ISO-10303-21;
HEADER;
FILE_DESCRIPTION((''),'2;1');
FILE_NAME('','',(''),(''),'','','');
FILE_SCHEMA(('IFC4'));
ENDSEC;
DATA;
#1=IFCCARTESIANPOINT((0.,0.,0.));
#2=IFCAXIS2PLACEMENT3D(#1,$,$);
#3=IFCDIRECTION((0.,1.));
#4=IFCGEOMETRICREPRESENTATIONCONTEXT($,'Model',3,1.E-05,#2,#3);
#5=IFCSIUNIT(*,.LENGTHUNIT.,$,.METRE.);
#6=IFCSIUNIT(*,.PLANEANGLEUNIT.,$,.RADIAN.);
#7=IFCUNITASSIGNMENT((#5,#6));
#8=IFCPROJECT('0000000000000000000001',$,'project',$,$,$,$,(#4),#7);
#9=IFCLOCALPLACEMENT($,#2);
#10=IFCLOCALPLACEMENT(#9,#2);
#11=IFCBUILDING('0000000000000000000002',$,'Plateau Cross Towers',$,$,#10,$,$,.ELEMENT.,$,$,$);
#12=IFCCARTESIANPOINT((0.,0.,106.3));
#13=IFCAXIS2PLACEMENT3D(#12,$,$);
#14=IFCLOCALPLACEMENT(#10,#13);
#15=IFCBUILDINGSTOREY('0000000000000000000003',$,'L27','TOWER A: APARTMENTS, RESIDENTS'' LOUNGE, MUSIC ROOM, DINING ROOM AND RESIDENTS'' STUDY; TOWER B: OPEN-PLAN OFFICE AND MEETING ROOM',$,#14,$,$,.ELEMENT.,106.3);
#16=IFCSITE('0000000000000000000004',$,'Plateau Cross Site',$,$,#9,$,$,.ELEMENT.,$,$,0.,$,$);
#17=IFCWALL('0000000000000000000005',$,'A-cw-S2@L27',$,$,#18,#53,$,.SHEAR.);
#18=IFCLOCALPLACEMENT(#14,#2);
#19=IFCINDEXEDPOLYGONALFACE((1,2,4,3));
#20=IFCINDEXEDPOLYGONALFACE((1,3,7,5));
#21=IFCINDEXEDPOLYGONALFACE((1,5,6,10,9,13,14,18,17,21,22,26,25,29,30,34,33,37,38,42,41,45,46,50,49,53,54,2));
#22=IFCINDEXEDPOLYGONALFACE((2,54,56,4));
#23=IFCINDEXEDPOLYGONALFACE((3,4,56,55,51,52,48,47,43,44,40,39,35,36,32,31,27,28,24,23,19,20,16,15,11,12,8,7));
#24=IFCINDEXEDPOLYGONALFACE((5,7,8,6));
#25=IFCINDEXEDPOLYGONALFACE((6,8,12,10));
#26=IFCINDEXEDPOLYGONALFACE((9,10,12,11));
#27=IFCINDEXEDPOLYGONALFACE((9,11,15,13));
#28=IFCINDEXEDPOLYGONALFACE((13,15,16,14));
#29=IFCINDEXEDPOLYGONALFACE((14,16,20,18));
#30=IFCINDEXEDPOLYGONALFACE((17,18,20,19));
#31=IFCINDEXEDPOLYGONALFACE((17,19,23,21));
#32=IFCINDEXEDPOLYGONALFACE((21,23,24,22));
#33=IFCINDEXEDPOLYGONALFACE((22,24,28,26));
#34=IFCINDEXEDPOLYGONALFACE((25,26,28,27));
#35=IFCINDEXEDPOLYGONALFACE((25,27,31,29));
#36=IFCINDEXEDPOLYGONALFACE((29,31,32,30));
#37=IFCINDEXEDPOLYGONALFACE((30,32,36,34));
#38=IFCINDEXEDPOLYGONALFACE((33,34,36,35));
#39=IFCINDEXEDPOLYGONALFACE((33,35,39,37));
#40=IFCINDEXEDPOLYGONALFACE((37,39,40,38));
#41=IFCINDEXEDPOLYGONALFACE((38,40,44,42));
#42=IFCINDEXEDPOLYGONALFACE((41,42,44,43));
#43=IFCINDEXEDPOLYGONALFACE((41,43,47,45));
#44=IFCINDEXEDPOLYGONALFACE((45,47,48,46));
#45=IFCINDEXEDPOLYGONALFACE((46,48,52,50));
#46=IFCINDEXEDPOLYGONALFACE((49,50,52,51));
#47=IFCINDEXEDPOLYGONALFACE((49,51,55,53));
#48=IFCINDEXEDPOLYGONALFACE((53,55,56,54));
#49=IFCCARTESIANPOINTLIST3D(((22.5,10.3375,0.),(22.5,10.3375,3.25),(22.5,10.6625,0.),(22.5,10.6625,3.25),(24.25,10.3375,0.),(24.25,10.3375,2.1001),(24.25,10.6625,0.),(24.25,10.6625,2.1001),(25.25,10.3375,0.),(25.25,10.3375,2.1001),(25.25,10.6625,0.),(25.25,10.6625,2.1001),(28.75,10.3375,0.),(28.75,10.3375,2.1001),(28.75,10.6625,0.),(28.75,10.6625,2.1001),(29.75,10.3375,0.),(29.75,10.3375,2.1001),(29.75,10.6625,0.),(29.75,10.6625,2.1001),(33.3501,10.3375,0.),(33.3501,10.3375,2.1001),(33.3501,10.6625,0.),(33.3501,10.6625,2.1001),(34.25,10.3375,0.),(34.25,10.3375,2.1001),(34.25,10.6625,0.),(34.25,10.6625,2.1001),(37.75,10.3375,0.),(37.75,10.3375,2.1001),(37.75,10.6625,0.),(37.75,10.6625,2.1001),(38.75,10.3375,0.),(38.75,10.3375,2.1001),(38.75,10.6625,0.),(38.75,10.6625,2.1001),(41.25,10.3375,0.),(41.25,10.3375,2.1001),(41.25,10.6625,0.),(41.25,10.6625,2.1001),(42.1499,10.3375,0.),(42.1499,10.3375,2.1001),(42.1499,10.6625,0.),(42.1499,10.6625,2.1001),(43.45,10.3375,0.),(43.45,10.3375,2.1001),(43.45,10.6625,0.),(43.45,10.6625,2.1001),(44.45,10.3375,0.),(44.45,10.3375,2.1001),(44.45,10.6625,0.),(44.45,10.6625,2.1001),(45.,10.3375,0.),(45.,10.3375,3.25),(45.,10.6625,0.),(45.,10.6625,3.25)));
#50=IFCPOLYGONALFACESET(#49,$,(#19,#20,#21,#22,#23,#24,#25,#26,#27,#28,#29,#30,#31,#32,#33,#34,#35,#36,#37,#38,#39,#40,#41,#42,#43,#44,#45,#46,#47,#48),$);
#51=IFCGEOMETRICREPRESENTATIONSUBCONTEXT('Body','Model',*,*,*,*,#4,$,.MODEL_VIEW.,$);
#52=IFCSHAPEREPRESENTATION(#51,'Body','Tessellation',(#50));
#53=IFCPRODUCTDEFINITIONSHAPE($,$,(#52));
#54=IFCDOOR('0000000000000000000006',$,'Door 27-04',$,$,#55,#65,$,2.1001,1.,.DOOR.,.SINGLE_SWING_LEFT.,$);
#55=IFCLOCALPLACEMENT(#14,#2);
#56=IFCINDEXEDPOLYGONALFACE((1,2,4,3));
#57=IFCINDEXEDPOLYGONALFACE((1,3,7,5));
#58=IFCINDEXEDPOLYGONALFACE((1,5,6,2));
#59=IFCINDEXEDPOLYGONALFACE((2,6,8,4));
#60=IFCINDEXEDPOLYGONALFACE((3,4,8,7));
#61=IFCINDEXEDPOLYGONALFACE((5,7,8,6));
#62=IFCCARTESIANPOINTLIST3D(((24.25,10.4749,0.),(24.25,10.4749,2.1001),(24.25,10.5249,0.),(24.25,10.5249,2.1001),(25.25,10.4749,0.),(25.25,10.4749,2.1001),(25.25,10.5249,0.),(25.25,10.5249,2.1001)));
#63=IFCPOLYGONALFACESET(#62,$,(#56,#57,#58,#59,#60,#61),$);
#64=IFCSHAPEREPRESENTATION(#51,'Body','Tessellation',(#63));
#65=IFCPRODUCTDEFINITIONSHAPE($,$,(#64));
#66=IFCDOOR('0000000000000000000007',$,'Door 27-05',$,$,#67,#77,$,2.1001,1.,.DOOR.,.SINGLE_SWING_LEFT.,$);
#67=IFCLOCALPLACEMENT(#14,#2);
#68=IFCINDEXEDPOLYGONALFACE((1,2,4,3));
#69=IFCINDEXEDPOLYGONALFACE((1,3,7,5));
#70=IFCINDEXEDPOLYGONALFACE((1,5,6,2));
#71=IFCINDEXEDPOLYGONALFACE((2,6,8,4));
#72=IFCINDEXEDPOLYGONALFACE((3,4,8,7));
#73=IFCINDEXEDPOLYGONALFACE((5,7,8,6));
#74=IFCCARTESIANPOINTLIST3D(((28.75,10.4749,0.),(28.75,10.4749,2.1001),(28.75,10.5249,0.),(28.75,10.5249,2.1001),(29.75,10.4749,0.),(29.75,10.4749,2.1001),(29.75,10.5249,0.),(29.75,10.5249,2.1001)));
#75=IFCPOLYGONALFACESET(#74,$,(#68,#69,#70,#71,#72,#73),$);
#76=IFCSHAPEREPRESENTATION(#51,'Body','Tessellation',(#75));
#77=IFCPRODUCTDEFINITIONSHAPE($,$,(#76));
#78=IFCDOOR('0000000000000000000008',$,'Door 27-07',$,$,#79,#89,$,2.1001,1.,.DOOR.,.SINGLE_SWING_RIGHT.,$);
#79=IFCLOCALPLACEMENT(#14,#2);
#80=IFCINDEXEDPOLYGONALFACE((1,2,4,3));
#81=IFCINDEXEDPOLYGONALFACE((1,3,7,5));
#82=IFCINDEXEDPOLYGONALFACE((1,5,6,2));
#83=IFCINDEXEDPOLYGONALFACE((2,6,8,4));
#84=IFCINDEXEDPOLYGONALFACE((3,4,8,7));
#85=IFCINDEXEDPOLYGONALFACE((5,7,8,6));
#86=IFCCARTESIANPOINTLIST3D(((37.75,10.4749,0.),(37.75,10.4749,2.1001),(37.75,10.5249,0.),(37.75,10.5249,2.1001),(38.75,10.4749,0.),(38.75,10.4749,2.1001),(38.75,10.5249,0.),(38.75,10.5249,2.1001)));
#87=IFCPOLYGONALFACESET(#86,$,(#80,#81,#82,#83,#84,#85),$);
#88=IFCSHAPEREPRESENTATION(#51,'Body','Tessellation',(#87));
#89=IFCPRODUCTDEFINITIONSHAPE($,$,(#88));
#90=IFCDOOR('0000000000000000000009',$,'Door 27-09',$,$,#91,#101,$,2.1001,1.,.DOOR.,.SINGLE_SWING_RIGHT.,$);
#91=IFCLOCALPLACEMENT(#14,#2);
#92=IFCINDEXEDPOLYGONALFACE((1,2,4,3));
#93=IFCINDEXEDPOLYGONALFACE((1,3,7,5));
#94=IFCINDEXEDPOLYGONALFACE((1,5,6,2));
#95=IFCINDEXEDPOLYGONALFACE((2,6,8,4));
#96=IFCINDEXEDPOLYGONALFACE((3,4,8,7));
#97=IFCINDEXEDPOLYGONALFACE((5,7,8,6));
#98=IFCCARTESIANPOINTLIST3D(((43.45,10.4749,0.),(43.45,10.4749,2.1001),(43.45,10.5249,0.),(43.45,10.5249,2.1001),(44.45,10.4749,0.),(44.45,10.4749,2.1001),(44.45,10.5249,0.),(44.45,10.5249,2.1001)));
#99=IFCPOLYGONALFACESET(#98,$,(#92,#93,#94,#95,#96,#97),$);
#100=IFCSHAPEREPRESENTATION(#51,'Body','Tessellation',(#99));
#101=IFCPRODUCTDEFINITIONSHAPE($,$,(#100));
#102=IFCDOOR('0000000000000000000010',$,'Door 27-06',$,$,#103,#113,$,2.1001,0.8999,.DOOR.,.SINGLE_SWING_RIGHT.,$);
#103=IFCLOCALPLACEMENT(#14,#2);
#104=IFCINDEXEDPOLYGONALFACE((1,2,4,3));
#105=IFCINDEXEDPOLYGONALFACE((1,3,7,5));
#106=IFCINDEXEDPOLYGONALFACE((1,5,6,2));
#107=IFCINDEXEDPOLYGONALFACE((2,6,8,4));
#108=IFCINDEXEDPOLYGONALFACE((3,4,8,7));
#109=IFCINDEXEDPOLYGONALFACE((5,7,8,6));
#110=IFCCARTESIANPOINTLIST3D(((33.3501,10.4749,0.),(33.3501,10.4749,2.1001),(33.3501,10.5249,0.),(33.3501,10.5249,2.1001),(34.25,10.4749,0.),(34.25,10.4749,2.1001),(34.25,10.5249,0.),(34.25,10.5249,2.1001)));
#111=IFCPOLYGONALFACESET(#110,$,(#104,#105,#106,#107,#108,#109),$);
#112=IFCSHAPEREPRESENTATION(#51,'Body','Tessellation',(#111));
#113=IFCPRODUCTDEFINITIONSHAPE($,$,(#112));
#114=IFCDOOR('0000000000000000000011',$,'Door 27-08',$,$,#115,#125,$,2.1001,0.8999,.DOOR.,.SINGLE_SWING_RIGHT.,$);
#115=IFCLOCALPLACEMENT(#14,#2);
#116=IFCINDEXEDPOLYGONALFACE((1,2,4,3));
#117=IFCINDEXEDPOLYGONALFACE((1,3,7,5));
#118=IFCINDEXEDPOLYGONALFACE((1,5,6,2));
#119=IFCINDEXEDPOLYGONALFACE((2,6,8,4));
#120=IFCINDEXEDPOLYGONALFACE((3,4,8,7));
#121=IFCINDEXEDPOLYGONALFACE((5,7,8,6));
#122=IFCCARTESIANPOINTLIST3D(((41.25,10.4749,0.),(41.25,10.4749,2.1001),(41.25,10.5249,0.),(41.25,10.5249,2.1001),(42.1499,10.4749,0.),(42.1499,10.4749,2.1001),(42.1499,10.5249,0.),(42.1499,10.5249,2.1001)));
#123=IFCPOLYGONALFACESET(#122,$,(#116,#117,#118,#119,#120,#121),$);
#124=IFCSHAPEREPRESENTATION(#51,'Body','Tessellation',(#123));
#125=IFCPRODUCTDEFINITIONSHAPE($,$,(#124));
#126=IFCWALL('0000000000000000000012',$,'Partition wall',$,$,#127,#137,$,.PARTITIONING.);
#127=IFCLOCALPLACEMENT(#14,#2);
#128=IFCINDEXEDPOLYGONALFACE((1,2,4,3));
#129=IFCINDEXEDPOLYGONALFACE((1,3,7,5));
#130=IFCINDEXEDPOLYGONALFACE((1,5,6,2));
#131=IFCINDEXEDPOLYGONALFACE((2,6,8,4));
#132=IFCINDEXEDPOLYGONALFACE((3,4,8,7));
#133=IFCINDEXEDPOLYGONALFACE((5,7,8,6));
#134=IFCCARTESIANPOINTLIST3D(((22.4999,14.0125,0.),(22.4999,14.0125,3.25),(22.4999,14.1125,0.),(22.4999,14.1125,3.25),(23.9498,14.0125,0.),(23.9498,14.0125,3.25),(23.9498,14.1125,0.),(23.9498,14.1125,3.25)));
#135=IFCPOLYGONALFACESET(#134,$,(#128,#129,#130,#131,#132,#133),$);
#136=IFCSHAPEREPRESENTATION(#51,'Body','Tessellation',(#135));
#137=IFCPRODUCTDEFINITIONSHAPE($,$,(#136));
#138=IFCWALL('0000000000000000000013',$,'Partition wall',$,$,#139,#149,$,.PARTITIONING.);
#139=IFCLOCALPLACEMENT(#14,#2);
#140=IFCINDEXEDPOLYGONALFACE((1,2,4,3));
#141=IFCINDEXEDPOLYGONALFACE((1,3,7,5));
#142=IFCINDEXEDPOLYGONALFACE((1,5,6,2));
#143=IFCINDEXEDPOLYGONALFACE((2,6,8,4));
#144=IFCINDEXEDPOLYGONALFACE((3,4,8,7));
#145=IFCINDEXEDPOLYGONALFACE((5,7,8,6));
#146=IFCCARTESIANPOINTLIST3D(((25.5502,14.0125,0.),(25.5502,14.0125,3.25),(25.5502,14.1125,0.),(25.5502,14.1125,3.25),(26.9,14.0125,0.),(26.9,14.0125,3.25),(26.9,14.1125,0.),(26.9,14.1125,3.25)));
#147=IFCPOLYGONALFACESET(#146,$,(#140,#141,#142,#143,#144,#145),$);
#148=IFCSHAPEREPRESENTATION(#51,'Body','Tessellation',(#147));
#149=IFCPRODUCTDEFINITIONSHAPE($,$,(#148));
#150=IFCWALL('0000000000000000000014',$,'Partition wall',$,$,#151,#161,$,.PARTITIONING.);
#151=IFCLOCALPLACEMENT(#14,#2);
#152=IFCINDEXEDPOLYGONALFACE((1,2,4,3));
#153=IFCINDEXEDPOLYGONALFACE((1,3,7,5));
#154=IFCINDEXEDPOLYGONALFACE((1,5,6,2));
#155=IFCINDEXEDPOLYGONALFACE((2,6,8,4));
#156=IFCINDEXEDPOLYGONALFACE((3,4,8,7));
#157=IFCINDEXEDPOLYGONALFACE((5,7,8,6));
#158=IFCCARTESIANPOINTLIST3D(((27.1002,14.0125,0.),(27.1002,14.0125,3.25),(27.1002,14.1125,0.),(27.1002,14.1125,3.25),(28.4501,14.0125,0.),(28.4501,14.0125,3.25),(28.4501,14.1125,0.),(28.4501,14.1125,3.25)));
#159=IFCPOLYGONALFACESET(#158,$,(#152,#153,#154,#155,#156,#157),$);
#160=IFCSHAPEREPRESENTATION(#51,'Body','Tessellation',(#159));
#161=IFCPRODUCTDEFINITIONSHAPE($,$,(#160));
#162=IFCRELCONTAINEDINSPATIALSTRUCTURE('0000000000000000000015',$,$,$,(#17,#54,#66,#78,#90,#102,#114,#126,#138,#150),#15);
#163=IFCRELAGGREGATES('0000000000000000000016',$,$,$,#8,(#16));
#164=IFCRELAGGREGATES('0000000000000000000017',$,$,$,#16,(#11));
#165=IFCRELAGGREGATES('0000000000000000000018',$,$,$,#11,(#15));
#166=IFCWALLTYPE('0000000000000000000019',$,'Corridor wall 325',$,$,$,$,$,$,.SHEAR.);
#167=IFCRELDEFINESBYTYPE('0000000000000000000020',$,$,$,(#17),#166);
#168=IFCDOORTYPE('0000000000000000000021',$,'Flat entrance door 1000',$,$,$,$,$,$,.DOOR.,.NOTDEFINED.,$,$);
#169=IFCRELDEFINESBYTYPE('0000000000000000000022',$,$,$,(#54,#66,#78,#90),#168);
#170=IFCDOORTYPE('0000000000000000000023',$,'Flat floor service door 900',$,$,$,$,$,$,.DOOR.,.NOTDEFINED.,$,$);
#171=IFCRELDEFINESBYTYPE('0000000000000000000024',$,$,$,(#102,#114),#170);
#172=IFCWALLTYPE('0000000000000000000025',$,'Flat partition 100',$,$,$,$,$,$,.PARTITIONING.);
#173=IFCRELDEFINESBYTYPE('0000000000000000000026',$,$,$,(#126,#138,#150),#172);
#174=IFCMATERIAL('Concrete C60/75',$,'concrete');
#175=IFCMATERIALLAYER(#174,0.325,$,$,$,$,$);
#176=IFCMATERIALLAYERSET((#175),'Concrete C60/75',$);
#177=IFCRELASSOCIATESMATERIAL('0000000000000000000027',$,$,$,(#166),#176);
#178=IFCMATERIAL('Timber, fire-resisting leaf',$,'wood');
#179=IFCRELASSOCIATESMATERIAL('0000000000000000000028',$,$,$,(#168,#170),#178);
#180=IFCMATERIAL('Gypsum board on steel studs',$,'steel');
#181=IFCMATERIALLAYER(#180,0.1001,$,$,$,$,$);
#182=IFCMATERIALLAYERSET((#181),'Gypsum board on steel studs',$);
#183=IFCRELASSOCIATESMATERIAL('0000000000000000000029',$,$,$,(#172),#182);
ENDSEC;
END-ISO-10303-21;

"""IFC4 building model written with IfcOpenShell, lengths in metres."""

from ifc_helpers import new_model, si_unit, direction, frame, frame_2d, origin, place, context, subcontext, project, spatial, rectangle, extrude, material, layer, layer_set, type_object, element, fill, save


model = new_model("IFC4")

# Units and contexts
model_context = context("Model", 3, precision=1e-05, world=origin(), true_north=direction((0.0, 1.0)))
body_context = subcontext(model_context, "Body", "Model", "MODEL_VIEW")
ifc_project = project(units=[si_unit("LENGTHUNIT", "METRE"), si_unit("PLANEANGLEUNIT", "RADIAN")], contexts=[model_context])

# Site, building, storey
site_placement = place(None, origin())
site = spatial("IfcSite", under=ifc_project, at=site_placement, Name="Plateau Cross Site", CompositionType="ELEMENT", RefElevation=0.0)
building_placement = place(site_placement, origin())
building = spatial("IfcBuilding", under=site, at=building_placement, Name="Plateau Cross Towers", CompositionType="ELEMENT")
storey_placement = place(building_placement, frame((0.0, 0.0, 106.3)))
storey = spatial("IfcBuildingStorey", under=building, at=storey_placement, Name="L27", Description="TOWER A: APARTMENTS, RESIDENTS' LOUNGE, MUSIC ROOM, DINING ROOM AND RESIDENTS' STUDY; TOWER B: OPEN-PLAN OFFICE AND MEETING ROOM", CompositionType="ELEMENT", Elevation=106.3)

# Wall, openings, doors
ifc_material_1 = material(Name="Concrete C60/75", Category="concrete")
ifc_layer_1 = layer(ifc_material_1, 0.325)
ifc_layer_set_1 = layer_set([ifc_layer_1], Name="Concrete C60/75")
wall_type_1 = type_object("IfcWallType", Name="Corridor wall 325", PredefinedType="SHEAR", material=ifc_layer_set_1)
wall_1_placement = place(storey_placement, frame((22.5, 10.5, 0.0), z_axis=(0.0, 0.0, 1.0), x_axis=(1.0, 0.0, 0.0)))
wall_1 = element("IfcWall", 1, at=wall_1_placement, inside=storey, type_object=wall_type_1, Name="A-cw-S2@L27", PredefinedType="SHEAR", context=body_context, shape_type="SweptSolid", body=[
    extrude(rectangle(XDim=22.5, YDim=0.325, at=frame_2d((11.25, 0.0))), origin(), (0.0, 0.0, 1.0), 3.25),
])
opening_1_placement = place(wall_1_placement, frame((1.75, 0.0, 0.0)))
opening_1 = element("IfcOpeningElement", 2, at=opening_1_placement, cuts=wall_1, PredefinedType="OPENING", context=body_context, shape_type="SweptSolid", body=[
    extrude(rectangle(XDim=1.0, YDim=2.1001, at=frame_2d((0.5, 1.05))), frame((0.0, 0.1724, 0.0), z_axis=(0.0, -1.0, 0.0), x_axis=(1.0, 0.0, 0.0)), (0.0, 0.0, 1.0), 0.345),
])
opening_2_placement = place(wall_1_placement, frame((6.25, 0.0, 0.0)))
opening_2 = element("IfcOpeningElement", 3, at=opening_2_placement, cuts=wall_1, PredefinedType="OPENING", context=body_context, shape_type="SweptSolid", body=[
    extrude(rectangle(XDim=1.0, YDim=2.1001, at=frame_2d((0.5, 1.05))), frame((0.0, 0.1724, 0.0), z_axis=(0.0, -1.0, 0.0), x_axis=(1.0, 0.0, 0.0)), (0.0, 0.0, 1.0), 0.345),
])
opening_3_placement = place(wall_1_placement, frame((10.8501, 0.0, 0.0)))
opening_3 = element("IfcOpeningElement", 4, at=opening_3_placement, cuts=wall_1, PredefinedType="OPENING", context=body_context, shape_type="SweptSolid", body=[
    extrude(rectangle(XDim=0.8999, YDim=2.1001, at=frame_2d((0.45, 1.05))), frame((0.0, 0.1724, 0.0), z_axis=(0.0, -1.0, 0.0), x_axis=(1.0, 0.0, 0.0)), (0.0, 0.0, 1.0), 0.345),
])
opening_4_placement = place(wall_1_placement, frame((15.25, 0.0, 0.0)))
opening_4 = element("IfcOpeningElement", 5, at=opening_4_placement, cuts=wall_1, PredefinedType="OPENING", context=body_context, shape_type="SweptSolid", body=[
    extrude(rectangle(XDim=1.0, YDim=2.1001, at=frame_2d((0.5, 1.05))), frame((0.0, 0.1724, 0.0), z_axis=(0.0, -1.0, 0.0), x_axis=(1.0, 0.0, 0.0)), (0.0, 0.0, 1.0), 0.345),
])
opening_5_placement = place(wall_1_placement, frame((18.75, 0.0, 0.0)))
opening_5 = element("IfcOpeningElement", 6, at=opening_5_placement, cuts=wall_1, PredefinedType="OPENING", context=body_context, shape_type="SweptSolid", body=[
    extrude(rectangle(XDim=0.8999, YDim=2.1001, at=frame_2d((0.45, 1.05))), frame((0.0, 0.1724, 0.0), z_axis=(0.0, -1.0, 0.0), x_axis=(1.0, 0.0, 0.0)), (0.0, 0.0, 1.0), 0.345),
])
opening_6_placement = place(wall_1_placement, frame((20.95, 0.0, 0.0)))
opening_6 = element("IfcOpeningElement", 7, at=opening_6_placement, cuts=wall_1, PredefinedType="OPENING", context=body_context, shape_type="SweptSolid", body=[
    extrude(rectangle(XDim=1.0, YDim=2.1001, at=frame_2d((0.5, 1.05))), frame((0.0, 0.1724, 0.0), z_axis=(0.0, -1.0, 0.0), x_axis=(1.0, 0.0, 0.0)), (0.0, 0.0, 1.0), 0.345),
])
ifc_material_2 = material(Name="Timber, fire-resisting leaf", Category="wood")
door_type_1 = type_object("IfcDoorType", Name="Flat entrance door 1000", OperationType="NOTDEFINED", PredefinedType="DOOR", material=ifc_material_2)
door_1_placement = place(opening_1_placement, origin())
door_1 = element("IfcDoor", 8, at=door_1_placement, inside=storey, type_object=door_type_1, Name="Door 27-04", OperationType="SINGLE_SWING_LEFT", OverallHeight=2.1001, OverallWidth=1.0, PredefinedType="DOOR", context=body_context, shape_type="SweptSolid", body=[
    extrude(rectangle(XDim=1.0, YDim=2.1001, at=frame_2d((0.5, 1.05))), frame((0.0, 0.0249, 0.0), z_axis=(0.0, -1.0, 0.0), x_axis=(1.0, 0.0, 0.0)), (0.0, 0.0, 1.0), 0.05),
])
fill(opening_1, door_1)
door_2_placement = place(opening_2_placement, origin())
door_2 = element("IfcDoor", 9, at=door_2_placement, inside=storey, type_object=door_type_1, Name="Door 27-05", OperationType="SINGLE_SWING_LEFT", OverallHeight=2.1001, OverallWidth=1.0, PredefinedType="DOOR", context=body_context, shape_type="SweptSolid", body=[
    extrude(rectangle(XDim=1.0, YDim=2.1001, at=frame_2d((0.5, 1.05))), frame((0.0, 0.0249, 0.0), z_axis=(0.0, -1.0, 0.0), x_axis=(1.0, 0.0, 0.0)), (0.0, 0.0, 1.0), 0.05),
])
fill(opening_2, door_2)
door_3_placement = place(opening_4_placement, origin())
door_3 = element("IfcDoor", 10, at=door_3_placement, inside=storey, type_object=door_type_1, Name="Door 27-07", OperationType="SINGLE_SWING_RIGHT", OverallHeight=2.1001, OverallWidth=1.0, PredefinedType="DOOR", context=body_context, shape_type="SweptSolid", body=[
    extrude(rectangle(XDim=1.0, YDim=2.1001, at=frame_2d((0.5, 1.05))), frame((0.0, 0.0249, 0.0), z_axis=(0.0, -1.0, 0.0), x_axis=(1.0, 0.0, 0.0)), (0.0, 0.0, 1.0), 0.05),
])
fill(opening_4, door_3)
door_4_placement = place(opening_6_placement, origin())
door_4 = element("IfcDoor", 11, at=door_4_placement, inside=storey, type_object=door_type_1, Name="Door 27-09", OperationType="SINGLE_SWING_RIGHT", OverallHeight=2.1001, OverallWidth=1.0, PredefinedType="DOOR", context=body_context, shape_type="SweptSolid", body=[
    extrude(rectangle(XDim=1.0, YDim=2.1001, at=frame_2d((0.5, 1.05))), frame((0.0, 0.0249, 0.0), z_axis=(0.0, -1.0, 0.0), x_axis=(1.0, 0.0, 0.0)), (0.0, 0.0, 1.0), 0.05),
])
fill(opening_6, door_4)
door_type_2 = type_object("IfcDoorType", Name="Flat floor service door 900", OperationType="NOTDEFINED", PredefinedType="DOOR", material=ifc_material_2)
door_5_placement = place(opening_3_placement, origin())
door_5 = element("IfcDoor", 12, at=door_5_placement, inside=storey, type_object=door_type_2, Name="Door 27-06", OperationType="SINGLE_SWING_RIGHT", OverallHeight=2.1001, OverallWidth=0.8999, PredefinedType="DOOR", context=body_context, shape_type="SweptSolid", body=[
    extrude(rectangle(XDim=0.8999, YDim=2.1001, at=frame_2d((0.45, 1.05))), frame((0.0, 0.0249, 0.0), z_axis=(0.0, -1.0, 0.0), x_axis=(1.0, 0.0, 0.0)), (0.0, 0.0, 1.0), 0.05),
])
fill(opening_3, door_5)
door_6_placement = place(opening_5_placement, origin())
door_6 = element("IfcDoor", 13, at=door_6_placement, inside=storey, type_object=door_type_2, Name="Door 27-08", OperationType="SINGLE_SWING_RIGHT", OverallHeight=2.1001, OverallWidth=0.8999, PredefinedType="DOOR", context=body_context, shape_type="SweptSolid", body=[
    extrude(rectangle(XDim=0.8999, YDim=2.1001, at=frame_2d((0.45, 1.05))), frame((0.0, 0.0249, 0.0), z_axis=(0.0, -1.0, 0.0), x_axis=(1.0, 0.0, 0.0)), (0.0, 0.0, 1.0), 0.05),
])
fill(opening_5, door_6)

# Walls
ifc_material_3 = material(Name="Gypsum board on steel studs", Category="steel")
ifc_layer_2 = layer(ifc_material_3, 0.1001)
ifc_layer_set_2 = layer_set([ifc_layer_2], Name="Gypsum board on steel studs")
wall_type_2 = type_object("IfcWallType", Name="Flat partition 100", PredefinedType="PARTITIONING", material=ifc_layer_set_2)
wall_2_placement = place(storey_placement, frame((23.95, 14.0625, 0.0), z_axis=(0.0, 0.0, 1.0), x_axis=(-1.0, 0.0, 0.0)))
element("IfcWall", 14, at=wall_2_placement, inside=storey, type_object=wall_type_2, Name="Partition wall", PredefinedType="PARTITIONING", context=body_context, shape_type="SweptSolid", body=[
    extrude(rectangle(XDim=1.45, YDim=0.1001, at=frame_2d((0.7251, 0.0))), origin(), (0.0, 0.0, 1.0), 3.25),
])
for number, where, z_axis, x_axis, name in (
    (15, (26.8999, 14.0625, 0.0), (0.0, 0.0, 1.0), (-1.0, 0.0, 0.0), "Partition wall"),
    (16, (28.45, 14.0625, 0.0), (0.0, 0.0, 1.0), (-1.0, 0.0, 0.0), "Partition wall"),
):
    element("IfcWall", number, at=place(storey_placement, frame(where, z_axis=z_axis, x_axis=x_axis)), inside=storey, type_object=wall_type_2, Name=name, PredefinedType="PARTITIONING", context=body_context, shape_type="SweptSolid", body=[
        extrude(rectangle(XDim=1.3499, YDim=0.1001, at=frame_2d((0.6748, 0.0))), origin(), (0.0, 0.0, 1.0), 3.25),
    ])

save(model, "model.ifc")
